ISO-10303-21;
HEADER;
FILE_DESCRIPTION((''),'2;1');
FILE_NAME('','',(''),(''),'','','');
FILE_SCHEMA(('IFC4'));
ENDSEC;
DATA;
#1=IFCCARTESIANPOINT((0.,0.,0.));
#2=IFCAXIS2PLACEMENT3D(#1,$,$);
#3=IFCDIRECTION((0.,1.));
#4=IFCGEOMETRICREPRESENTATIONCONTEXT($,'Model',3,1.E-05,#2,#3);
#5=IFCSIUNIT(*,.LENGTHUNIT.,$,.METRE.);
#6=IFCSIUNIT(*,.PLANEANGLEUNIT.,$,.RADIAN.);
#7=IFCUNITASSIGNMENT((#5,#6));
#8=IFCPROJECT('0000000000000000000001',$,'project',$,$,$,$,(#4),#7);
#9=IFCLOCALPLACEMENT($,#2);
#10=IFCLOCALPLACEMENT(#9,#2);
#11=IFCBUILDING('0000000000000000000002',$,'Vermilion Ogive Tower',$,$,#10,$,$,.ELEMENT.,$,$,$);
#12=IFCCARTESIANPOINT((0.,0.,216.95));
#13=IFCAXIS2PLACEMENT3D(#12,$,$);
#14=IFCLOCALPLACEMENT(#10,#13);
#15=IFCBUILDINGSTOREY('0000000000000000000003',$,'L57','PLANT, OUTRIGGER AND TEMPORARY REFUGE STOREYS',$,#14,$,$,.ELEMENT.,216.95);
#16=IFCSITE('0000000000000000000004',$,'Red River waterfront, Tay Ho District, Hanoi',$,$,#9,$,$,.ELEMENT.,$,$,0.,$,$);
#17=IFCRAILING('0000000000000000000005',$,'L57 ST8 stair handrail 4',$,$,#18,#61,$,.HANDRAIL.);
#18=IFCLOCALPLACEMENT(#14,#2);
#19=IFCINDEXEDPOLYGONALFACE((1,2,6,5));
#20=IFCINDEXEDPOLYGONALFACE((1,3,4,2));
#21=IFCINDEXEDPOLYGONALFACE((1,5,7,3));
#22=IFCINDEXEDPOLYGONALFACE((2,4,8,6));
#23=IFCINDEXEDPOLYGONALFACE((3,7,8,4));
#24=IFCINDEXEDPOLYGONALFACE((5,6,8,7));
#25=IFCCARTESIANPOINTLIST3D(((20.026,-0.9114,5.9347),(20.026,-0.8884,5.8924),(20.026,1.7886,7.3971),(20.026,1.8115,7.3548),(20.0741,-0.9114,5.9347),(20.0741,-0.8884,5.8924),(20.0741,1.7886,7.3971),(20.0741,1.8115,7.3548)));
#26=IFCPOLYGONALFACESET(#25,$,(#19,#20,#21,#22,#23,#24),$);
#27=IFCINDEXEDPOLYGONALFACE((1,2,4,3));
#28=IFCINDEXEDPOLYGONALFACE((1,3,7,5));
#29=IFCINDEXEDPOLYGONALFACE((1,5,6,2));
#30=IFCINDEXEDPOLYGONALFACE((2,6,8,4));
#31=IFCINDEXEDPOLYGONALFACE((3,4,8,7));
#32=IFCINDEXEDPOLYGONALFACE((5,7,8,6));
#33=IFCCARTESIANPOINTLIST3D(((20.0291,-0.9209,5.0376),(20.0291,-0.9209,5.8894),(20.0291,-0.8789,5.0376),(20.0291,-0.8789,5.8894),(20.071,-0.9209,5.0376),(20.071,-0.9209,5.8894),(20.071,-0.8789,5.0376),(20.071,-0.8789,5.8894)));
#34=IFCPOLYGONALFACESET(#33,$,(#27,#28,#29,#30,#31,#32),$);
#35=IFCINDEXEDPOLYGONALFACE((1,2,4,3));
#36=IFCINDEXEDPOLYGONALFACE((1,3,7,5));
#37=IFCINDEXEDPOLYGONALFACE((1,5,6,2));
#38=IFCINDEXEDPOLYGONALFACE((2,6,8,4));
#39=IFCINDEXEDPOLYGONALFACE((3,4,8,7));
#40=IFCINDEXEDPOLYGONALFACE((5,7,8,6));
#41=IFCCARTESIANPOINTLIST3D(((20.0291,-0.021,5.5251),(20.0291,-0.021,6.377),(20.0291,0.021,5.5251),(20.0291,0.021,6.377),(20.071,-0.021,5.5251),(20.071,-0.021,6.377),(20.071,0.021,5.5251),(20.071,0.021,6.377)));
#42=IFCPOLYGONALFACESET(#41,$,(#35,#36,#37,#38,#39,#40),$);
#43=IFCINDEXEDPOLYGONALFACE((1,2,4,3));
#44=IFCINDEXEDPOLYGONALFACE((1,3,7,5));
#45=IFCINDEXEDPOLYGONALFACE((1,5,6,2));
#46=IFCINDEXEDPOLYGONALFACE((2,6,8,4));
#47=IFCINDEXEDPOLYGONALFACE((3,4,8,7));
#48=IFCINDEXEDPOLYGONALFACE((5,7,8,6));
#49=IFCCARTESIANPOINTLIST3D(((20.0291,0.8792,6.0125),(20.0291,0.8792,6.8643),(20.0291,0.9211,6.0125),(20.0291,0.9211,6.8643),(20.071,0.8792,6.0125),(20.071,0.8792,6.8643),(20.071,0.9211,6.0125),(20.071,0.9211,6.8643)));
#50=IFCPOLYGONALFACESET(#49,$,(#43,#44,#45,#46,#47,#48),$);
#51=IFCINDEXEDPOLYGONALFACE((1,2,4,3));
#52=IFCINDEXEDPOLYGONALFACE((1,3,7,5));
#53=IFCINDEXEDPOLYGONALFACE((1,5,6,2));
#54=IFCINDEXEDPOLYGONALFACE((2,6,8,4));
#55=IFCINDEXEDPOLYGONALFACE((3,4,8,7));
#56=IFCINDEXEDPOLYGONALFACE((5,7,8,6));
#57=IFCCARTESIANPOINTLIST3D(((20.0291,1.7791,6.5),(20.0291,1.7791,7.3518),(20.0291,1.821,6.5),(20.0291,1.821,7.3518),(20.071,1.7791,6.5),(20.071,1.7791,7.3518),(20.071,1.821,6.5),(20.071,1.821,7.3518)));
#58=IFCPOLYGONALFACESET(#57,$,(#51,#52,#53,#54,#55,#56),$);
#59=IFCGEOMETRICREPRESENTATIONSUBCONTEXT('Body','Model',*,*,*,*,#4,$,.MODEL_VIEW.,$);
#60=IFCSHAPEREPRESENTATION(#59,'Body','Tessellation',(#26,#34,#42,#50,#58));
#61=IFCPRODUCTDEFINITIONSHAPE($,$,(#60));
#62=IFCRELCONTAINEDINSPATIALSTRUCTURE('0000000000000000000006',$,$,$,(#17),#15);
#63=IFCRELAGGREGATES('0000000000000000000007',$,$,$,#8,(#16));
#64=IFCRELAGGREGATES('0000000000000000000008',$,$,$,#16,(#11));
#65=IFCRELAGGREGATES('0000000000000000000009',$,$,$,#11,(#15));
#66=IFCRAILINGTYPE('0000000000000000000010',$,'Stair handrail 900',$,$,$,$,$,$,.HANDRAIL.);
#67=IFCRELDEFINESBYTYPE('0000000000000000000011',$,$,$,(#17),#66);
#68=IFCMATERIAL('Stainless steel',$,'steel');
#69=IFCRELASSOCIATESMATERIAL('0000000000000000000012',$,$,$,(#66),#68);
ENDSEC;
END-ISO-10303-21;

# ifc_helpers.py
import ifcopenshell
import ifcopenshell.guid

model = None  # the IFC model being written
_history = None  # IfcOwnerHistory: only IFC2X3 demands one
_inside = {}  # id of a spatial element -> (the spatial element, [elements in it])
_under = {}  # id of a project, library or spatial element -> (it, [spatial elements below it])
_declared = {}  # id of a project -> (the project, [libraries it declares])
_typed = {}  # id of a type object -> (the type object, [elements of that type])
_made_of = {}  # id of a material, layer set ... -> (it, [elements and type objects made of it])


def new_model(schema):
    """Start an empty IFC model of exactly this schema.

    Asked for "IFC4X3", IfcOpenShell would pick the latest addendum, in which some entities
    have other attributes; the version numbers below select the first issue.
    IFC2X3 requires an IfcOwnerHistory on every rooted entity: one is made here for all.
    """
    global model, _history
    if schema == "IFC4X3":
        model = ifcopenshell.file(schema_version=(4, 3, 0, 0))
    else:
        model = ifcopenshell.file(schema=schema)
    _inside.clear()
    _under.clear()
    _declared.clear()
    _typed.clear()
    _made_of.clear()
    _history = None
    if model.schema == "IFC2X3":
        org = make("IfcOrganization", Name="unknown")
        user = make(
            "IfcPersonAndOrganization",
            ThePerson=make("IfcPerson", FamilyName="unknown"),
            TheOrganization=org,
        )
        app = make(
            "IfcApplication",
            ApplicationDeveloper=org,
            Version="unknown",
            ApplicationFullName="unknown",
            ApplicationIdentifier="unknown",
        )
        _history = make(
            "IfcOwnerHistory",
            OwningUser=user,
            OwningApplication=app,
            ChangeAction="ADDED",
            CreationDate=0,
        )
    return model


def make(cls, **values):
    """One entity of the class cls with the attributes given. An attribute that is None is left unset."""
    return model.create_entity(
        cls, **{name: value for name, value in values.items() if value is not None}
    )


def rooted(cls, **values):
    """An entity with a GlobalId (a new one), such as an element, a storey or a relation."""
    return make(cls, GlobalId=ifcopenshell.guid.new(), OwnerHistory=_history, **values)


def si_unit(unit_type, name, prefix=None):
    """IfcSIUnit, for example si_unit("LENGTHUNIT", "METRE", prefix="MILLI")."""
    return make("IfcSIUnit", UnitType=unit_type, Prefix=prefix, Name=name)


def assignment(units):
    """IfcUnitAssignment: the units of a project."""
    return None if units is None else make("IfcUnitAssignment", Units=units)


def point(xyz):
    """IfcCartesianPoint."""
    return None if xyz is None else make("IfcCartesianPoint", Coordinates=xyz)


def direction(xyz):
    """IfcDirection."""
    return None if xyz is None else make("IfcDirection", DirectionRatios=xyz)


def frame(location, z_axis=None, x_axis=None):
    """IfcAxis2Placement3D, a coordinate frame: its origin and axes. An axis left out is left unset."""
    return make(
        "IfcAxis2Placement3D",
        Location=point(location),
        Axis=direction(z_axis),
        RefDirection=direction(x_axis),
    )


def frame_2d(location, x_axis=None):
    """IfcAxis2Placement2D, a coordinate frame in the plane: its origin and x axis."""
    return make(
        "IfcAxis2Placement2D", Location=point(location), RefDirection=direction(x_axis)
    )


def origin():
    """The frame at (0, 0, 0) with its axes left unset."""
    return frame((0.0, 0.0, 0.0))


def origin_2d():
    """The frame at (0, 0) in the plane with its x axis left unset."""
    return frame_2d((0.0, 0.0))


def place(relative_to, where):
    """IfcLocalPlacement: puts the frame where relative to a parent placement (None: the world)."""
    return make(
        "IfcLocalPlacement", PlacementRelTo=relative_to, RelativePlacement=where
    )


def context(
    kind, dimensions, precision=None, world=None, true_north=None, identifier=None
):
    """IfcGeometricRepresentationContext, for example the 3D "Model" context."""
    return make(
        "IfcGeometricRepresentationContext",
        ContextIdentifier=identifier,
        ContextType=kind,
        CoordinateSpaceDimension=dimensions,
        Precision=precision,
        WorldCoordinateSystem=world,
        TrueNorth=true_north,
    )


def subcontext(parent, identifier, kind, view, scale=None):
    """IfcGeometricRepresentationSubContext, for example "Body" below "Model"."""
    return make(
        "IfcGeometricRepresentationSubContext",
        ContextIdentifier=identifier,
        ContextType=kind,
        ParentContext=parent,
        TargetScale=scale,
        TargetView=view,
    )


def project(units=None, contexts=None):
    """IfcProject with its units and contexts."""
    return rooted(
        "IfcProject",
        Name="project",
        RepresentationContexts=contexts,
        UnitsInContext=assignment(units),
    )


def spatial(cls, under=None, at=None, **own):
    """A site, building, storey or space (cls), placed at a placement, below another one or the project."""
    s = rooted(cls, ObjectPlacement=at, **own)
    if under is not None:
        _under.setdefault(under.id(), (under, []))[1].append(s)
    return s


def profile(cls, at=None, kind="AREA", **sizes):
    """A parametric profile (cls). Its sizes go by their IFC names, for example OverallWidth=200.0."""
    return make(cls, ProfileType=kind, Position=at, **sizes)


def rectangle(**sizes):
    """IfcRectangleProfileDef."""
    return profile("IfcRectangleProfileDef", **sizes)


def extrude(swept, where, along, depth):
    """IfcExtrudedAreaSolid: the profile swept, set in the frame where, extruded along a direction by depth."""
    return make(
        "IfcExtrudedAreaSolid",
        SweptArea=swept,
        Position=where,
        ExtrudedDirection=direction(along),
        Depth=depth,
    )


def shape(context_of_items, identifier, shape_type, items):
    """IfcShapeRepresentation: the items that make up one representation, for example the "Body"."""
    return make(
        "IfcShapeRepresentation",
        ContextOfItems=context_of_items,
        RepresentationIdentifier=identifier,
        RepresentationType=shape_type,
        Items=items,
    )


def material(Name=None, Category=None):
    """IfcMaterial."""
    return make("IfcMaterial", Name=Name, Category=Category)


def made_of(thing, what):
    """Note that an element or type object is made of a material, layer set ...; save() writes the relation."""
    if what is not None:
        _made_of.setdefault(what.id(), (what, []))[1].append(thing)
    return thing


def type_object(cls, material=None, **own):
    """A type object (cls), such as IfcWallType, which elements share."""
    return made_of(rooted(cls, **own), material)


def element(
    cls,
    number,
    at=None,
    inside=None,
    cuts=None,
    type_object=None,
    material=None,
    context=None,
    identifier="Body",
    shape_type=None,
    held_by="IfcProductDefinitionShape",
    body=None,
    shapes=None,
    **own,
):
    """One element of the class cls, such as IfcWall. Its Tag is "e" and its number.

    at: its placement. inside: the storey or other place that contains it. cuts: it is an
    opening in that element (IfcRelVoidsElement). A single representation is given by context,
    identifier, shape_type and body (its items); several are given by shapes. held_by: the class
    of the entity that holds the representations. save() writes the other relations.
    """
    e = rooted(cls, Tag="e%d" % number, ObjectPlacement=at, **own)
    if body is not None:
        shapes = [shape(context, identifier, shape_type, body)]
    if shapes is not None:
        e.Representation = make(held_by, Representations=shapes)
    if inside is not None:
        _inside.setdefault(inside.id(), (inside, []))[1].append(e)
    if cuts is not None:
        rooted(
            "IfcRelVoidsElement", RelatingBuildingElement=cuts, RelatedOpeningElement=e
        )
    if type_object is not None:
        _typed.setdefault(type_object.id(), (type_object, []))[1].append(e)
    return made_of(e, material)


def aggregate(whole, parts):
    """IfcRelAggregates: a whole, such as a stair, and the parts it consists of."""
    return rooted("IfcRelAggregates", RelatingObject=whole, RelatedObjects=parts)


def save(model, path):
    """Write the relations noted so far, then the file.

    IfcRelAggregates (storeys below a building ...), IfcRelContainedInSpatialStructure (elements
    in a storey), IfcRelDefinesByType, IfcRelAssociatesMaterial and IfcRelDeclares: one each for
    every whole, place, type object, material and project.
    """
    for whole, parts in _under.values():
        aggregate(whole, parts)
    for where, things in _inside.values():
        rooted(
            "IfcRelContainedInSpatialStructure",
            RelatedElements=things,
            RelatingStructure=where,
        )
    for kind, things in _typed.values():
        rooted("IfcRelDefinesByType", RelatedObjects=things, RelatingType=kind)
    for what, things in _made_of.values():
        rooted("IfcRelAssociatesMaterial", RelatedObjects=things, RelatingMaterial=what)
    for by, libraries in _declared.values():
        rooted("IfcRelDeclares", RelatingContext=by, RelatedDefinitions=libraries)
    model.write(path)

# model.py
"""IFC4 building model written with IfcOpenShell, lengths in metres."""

from ifc_helpers import new_model, si_unit, direction, frame, origin, origin_2d, place, context, subcontext, project, spatial, rectangle, extrude, material, type_object, element, save


model = new_model("IFC4")

# Units and contexts
model_context = context("Model", 3, precision=1e-05, world=origin(), true_north=direction((0.0, 1.0)))
body_context = subcontext(model_context, "Body", "Model", "MODEL_VIEW")
ifc_project = project(units=[si_unit("LENGTHUNIT", "METRE"), si_unit("PLANEANGLEUNIT", "RADIAN")], contexts=[model_context])

# Site, building, storey
site_placement = place(None, origin())
site = spatial("IfcSite", under=ifc_project, at=site_placement, Name="Red River waterfront, Tay Ho District, Hanoi", CompositionType="ELEMENT", RefElevation=0.0)
building_placement = place(site_placement, origin())
building = spatial("IfcBuilding", under=site, at=building_placement, Name="Vermilion Ogive Tower", CompositionType="ELEMENT")
storey_placement = place(building_placement, frame((0.0, 0.0, 216.95)))
storey = spatial("IfcBuildingStorey", under=building, at=storey_placement, Name="L57", Description="PLANT, OUTRIGGER AND TEMPORARY REFUGE STOREYS", CompositionType="ELEMENT", Elevation=216.95)

# Railing
ifc_material_1 = material(Name="Stainless steel", Category="steel")
railing_type_1 = type_object("IfcRailingType", Name="Stair handrail 900", PredefinedType="HANDRAIL", material=ifc_material_1)
railing_1_placement = place(storey_placement, frame((20.05, -0.8999, 5.0376)))
element("IfcRailing", 1, at=railing_1_placement, inside=storey, type_object=railing_type_1, Name="L57 ST8 stair handrail 4", PredefinedType="HANDRAIL", context=body_context, shape_type="SweptSolid", body=[
    extrude(rectangle(XDim=0.0481, YDim=0.0481, at=origin_2d()), frame((0.0, 0.0, 0.876), z_axis=(0.0, 0.879302, 0.476265), x_axis=(-1.0, 0.0, 0.0)), (0.0, 0.0, 1.0), 3.0706),
    extrude(rectangle(XDim=0.042, YDim=0.042, at=origin_2d()), origin(), (0.0, 0.0, 1.0), 0.8518),
    extrude(rectangle(XDim=0.042, YDim=0.042, at=origin_2d()), frame((0.0, 0.8999, 0.4875)), (0.0, 0.0, 1.0), 0.8518),
    extrude(rectangle(XDim=0.042, YDim=0.042, at=origin_2d()), frame((0.0, 1.8, 0.9749)), (0.0, 0.0, 1.0), 0.8518),
    extrude(rectangle(XDim=0.042, YDim=0.042, at=origin_2d()), frame((0.0, 2.7, 1.4624)), (0.0, 0.0, 1.0), 0.8518),
])

save(model, "model.ifc")
